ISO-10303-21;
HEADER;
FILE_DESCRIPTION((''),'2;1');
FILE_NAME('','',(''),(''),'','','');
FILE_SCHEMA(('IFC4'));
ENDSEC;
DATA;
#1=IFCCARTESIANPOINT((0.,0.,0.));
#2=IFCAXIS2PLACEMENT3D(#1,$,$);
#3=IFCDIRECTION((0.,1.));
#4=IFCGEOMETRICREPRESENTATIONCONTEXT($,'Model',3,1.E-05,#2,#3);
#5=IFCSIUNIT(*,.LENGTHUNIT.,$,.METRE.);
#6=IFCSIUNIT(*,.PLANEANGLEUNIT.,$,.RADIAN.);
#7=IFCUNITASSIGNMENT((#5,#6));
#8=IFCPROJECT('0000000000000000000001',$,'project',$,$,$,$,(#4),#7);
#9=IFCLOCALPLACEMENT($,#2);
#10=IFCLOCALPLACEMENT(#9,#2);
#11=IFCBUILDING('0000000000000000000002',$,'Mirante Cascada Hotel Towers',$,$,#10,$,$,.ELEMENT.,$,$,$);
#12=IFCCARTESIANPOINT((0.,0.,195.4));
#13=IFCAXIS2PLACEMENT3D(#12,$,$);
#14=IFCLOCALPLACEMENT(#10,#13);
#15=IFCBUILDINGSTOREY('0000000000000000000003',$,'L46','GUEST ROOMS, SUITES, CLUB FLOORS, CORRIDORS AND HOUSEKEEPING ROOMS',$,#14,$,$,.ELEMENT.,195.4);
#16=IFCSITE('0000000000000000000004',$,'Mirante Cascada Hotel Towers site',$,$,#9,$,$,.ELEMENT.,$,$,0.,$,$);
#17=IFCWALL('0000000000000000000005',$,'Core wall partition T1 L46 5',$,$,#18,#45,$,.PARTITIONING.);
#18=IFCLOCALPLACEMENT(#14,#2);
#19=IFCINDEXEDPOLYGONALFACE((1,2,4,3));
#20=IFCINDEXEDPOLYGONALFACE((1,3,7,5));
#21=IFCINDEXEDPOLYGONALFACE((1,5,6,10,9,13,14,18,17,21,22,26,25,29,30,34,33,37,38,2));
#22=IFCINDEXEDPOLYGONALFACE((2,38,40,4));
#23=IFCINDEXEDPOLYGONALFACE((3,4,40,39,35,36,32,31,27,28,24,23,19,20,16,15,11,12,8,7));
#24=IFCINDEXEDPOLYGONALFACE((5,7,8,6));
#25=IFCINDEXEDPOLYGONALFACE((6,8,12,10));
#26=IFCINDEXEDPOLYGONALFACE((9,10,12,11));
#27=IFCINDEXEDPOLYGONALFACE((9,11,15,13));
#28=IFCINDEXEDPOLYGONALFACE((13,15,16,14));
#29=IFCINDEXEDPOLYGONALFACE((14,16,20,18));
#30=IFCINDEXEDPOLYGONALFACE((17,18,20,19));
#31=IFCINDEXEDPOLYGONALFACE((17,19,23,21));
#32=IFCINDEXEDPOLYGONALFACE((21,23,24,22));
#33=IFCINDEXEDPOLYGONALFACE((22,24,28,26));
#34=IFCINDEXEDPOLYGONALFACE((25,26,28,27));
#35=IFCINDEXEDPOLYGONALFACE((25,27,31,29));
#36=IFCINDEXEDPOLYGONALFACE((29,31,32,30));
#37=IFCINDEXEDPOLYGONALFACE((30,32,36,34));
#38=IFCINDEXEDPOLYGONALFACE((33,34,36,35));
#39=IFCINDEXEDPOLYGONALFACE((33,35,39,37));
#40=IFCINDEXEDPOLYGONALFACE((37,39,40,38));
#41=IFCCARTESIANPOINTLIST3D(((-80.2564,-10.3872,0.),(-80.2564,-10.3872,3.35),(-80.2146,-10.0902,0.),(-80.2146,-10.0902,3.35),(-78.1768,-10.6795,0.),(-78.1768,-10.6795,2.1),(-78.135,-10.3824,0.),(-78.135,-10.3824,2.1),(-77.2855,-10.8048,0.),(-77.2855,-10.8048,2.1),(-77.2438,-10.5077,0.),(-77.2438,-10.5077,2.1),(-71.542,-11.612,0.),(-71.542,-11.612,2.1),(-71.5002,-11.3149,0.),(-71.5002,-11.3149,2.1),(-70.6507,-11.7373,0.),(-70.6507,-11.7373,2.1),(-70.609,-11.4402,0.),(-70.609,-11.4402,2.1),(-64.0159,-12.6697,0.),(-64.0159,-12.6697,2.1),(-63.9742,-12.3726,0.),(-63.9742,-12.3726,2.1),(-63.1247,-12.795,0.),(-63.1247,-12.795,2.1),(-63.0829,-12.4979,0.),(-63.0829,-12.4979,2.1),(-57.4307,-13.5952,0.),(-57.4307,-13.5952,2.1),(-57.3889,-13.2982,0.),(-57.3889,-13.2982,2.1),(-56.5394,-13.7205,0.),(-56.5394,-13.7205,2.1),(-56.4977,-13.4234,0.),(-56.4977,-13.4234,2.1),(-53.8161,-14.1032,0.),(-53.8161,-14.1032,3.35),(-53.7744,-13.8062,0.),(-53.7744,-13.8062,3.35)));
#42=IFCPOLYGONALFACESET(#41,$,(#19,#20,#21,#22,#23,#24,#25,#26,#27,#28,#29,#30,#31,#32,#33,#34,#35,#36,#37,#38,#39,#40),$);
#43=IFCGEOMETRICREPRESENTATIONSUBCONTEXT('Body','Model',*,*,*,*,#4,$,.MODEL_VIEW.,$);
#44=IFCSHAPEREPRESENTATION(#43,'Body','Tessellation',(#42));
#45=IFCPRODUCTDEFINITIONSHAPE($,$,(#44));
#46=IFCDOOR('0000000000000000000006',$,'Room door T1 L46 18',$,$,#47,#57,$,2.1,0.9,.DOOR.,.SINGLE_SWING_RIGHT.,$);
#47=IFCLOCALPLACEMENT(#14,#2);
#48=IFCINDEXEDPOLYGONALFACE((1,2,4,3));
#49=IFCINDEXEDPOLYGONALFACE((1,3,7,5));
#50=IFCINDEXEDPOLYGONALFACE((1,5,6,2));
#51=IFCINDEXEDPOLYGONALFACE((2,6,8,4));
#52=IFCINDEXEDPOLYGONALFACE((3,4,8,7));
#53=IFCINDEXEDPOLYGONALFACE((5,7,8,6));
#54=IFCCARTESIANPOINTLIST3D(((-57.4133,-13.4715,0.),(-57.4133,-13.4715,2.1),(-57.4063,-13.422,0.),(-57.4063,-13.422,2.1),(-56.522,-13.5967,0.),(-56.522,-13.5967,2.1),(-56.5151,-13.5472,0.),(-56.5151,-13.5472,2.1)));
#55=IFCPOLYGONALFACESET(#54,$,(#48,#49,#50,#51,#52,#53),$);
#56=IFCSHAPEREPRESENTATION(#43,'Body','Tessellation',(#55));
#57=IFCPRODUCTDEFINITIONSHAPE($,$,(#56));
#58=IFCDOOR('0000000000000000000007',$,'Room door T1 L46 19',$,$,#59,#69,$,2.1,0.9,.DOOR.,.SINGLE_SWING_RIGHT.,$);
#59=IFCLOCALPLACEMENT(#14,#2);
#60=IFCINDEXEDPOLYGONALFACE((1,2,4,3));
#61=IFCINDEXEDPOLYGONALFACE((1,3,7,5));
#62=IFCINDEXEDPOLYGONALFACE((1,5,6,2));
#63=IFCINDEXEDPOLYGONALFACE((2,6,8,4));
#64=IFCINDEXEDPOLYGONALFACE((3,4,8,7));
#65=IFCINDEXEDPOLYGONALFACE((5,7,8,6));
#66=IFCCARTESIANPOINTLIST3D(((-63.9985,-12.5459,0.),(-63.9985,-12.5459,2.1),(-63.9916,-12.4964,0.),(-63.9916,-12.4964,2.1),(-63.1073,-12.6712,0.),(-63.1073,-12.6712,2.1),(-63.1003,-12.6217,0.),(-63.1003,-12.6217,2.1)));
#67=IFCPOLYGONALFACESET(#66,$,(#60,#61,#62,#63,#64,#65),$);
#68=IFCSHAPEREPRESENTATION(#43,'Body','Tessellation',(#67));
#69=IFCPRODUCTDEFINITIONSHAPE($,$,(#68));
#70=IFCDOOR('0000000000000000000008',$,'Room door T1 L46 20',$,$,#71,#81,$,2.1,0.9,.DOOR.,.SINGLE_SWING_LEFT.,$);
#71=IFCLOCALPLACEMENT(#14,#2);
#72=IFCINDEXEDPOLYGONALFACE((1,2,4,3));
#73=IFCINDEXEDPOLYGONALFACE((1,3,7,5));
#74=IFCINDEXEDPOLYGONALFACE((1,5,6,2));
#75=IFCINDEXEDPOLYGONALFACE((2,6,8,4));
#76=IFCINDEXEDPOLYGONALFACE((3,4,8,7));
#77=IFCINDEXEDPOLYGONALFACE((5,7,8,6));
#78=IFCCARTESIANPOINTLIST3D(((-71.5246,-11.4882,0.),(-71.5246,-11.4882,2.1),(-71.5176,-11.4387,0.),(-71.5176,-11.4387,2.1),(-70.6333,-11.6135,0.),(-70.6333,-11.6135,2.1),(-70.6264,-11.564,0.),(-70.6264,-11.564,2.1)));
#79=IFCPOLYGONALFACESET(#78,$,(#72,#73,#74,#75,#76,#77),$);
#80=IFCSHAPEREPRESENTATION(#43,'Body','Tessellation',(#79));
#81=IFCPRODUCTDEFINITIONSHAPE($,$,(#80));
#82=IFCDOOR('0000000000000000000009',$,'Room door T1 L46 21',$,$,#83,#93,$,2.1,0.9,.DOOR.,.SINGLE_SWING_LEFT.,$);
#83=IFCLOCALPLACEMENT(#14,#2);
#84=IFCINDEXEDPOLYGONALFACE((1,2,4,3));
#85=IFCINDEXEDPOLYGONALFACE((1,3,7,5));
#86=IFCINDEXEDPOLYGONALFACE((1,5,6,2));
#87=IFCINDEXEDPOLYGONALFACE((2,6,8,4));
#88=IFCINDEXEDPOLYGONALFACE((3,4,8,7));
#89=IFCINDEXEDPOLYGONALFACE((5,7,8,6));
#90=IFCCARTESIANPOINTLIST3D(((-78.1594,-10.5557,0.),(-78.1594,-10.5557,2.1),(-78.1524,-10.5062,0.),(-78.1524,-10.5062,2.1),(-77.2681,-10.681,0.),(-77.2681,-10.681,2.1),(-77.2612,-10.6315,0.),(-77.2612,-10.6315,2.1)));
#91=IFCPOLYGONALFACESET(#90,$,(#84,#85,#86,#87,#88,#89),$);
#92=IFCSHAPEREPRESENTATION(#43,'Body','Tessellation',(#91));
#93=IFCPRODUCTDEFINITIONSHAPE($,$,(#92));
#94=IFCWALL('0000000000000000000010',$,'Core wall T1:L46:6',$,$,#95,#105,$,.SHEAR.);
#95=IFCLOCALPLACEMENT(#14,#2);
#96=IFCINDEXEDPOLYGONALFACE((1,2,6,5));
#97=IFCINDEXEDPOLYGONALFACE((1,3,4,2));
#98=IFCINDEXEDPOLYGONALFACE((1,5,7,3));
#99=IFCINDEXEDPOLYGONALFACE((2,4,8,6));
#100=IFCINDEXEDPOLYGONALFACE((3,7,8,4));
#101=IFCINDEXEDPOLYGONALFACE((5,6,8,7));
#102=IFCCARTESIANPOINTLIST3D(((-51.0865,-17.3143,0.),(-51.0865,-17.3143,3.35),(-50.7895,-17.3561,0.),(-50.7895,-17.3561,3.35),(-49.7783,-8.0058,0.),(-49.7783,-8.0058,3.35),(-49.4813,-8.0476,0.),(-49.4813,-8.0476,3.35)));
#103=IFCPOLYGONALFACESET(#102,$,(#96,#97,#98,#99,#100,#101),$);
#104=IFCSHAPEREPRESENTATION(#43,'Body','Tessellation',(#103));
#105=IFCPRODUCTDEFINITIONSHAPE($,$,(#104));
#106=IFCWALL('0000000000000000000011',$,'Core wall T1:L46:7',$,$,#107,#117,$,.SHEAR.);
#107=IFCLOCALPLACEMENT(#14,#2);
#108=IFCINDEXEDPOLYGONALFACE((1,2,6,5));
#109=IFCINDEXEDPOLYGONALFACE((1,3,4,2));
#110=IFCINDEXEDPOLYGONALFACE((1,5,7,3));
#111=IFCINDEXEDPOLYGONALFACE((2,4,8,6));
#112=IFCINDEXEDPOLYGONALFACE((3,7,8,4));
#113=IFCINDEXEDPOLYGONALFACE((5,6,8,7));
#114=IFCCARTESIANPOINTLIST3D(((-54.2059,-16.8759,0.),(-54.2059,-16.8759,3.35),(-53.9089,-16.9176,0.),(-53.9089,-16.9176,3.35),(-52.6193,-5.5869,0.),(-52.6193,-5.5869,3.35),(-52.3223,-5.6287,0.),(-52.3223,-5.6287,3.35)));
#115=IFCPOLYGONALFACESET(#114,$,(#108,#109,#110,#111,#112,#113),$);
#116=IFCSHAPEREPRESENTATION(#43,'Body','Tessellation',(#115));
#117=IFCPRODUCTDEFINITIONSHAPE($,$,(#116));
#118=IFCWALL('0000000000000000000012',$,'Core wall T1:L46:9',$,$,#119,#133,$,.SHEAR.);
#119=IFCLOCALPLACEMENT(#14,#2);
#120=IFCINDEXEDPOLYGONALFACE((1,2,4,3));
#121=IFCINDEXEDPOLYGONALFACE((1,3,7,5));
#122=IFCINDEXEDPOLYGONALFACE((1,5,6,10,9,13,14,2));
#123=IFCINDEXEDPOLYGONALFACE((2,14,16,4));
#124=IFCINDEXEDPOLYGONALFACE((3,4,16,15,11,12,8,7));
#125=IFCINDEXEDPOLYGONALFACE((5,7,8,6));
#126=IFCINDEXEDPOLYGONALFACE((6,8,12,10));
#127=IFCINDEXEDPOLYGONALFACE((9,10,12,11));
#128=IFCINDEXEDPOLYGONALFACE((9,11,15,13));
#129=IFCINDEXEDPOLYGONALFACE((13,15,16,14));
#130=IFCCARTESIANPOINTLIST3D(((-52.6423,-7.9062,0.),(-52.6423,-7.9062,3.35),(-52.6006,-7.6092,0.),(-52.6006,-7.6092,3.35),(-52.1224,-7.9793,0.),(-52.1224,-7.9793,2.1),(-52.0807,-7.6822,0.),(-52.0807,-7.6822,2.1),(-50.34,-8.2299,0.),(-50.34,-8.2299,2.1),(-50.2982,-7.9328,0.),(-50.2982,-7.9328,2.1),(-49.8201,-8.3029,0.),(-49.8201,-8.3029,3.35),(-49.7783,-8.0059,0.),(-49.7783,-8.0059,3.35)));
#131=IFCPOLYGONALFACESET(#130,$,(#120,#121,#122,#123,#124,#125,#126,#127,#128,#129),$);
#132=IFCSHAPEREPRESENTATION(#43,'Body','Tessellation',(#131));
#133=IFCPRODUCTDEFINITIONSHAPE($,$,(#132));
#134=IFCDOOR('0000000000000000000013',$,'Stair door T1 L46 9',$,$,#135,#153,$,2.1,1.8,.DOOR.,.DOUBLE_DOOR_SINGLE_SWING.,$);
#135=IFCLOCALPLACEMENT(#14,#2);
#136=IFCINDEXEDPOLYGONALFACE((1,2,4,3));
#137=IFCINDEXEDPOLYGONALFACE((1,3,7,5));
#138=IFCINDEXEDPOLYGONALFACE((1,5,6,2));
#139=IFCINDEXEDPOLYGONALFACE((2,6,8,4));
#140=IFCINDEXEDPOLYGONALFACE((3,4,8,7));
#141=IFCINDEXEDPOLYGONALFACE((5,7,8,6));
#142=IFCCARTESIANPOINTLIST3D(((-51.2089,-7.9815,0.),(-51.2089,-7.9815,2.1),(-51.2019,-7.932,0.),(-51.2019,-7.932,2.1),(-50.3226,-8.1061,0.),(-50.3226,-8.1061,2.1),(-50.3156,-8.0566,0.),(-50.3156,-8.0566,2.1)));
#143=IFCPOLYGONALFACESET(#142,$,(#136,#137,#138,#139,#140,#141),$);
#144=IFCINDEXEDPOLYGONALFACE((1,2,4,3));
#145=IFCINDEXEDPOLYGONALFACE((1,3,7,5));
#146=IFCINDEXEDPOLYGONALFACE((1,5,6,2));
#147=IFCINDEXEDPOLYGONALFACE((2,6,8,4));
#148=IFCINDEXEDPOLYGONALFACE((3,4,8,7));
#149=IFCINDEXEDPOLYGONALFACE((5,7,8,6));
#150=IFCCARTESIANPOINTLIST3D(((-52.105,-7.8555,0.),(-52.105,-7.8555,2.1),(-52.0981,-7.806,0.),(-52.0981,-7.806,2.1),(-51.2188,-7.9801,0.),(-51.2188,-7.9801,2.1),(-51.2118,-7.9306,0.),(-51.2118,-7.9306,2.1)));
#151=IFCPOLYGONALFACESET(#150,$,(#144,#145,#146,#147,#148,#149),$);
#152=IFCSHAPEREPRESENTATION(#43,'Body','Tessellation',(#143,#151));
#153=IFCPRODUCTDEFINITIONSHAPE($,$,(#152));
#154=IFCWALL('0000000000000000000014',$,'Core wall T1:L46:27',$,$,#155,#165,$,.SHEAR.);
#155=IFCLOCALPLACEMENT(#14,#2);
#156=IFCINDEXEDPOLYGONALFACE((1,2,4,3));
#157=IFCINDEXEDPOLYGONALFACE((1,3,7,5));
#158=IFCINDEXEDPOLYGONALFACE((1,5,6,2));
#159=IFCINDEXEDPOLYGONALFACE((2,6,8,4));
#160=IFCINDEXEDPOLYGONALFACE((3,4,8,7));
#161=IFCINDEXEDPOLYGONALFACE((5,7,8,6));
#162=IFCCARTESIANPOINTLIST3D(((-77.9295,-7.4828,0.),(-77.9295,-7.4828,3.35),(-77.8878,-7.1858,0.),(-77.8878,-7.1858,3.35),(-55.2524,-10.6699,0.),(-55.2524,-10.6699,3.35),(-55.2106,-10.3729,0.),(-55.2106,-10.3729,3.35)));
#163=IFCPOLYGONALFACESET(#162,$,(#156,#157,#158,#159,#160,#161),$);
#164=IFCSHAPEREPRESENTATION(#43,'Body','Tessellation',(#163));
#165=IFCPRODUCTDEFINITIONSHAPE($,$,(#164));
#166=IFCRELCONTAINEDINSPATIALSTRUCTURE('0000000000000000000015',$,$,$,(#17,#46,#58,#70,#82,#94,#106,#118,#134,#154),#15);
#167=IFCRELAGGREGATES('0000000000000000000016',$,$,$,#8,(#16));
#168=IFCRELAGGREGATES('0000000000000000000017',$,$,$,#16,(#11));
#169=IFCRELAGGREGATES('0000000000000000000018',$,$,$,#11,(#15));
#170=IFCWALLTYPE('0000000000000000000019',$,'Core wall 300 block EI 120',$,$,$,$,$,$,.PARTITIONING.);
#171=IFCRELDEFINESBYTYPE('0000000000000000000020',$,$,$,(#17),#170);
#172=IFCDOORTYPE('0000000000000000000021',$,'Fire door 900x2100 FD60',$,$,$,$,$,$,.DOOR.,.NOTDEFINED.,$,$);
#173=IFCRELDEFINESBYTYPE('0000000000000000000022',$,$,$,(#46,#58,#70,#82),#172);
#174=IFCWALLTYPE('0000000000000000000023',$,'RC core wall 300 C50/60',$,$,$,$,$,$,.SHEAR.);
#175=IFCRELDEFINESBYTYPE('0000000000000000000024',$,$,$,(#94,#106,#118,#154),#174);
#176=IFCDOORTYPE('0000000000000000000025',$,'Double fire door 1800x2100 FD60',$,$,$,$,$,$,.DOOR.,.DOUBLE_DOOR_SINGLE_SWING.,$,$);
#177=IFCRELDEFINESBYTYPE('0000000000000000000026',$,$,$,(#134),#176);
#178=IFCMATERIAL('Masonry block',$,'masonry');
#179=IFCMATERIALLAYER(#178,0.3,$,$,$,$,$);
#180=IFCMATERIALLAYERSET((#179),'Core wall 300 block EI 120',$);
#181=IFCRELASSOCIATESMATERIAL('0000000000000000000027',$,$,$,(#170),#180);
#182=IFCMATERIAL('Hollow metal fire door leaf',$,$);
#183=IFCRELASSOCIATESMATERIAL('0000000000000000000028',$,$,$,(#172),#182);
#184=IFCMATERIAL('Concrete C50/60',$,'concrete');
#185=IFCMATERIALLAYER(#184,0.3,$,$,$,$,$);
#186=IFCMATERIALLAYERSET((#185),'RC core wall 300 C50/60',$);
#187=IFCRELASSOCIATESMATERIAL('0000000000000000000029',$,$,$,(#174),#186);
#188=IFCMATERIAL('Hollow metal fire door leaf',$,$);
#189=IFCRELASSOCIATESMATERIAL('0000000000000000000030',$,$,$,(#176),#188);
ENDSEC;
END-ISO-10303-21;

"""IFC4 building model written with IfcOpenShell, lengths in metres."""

from ifc_helpers import new_model, si_unit, direction, frame, frame_2d, origin, place, context, subcontext, project, spatial, rectangle, extrude, material, layer, layer_set, type_object, element, fill, save


model = new_model("IFC4")

# Units and contexts
model_context = context("Model", 3, precision=1e-05, world=origin(), true_north=direction((0.0, 1.0)))
body_context = subcontext(model_context, "Body", "Model", "MODEL_VIEW")
ifc_project = project(units=[si_unit("LENGTHUNIT", "METRE"), si_unit("PLANEANGLEUNIT", "RADIAN")], contexts=[model_context])

# Site, building, storey
site_placement = place(None, origin())
site = spatial("IfcSite", under=ifc_project, at=site_placement, Name="Mirante Cascada Hotel Towers site", CompositionType="ELEMENT", RefElevation=0.0)
building_placement = place(site_placement, origin())
building = spatial("IfcBuilding", under=site, at=building_placement, Name="Mirante Cascada Hotel Towers", CompositionType="ELEMENT")
storey_placement = place(building_placement, frame((0.0, 0.0, 195.4)))
storey = spatial("IfcBuildingStorey", under=building, at=storey_placement, Name="L46", Description="GUEST ROOMS, SUITES, CLUB FLOORS, CORRIDORS AND HOUSEKEEPING ROOMS", CompositionType="ELEMENT", Elevation=195.4)

# Wall, openings, doors
ifc_material_1 = material(Name="Masonry block", Category="masonry")
ifc_layer_1 = layer(ifc_material_1, 0.3)
ifc_layer_set_1 = layer_set([ifc_layer_1], Name="Core wall 300 block EI 120")
wall_type_1 = type_object("IfcWallType", Name="Core wall 300 block EI 120", PredefinedType="PARTITIONING", material=ifc_layer_set_1)
wall_1_placement = place(storey_placement, frame((-53.7953, -13.9547, 0.0), z_axis=(0.0, 0.0, 1.0), x_axis=(-0.990268, 0.139176, 0.0)))
wall_1 = element("IfcWall", 1, at=wall_1_placement, inside=storey, type_object=wall_type_1, Name="Core wall partition T1 L46 5", PredefinedType="PARTITIONING", context=body_context, shape_type="SweptSolid", body=[
    extrude(rectangle(XDim=26.7001, YDim=0.3, at=frame_2d((13.35, 0.0))), origin(), (0.0, 0.0, 1.0), 3.35),
])
opening_1_placement = place(wall_1_placement, frame((2.75, 0.0, 0.0)))
opening_1 = element("IfcOpeningElement", 2, at=opening_1_placement, cuts=wall_1, PredefinedType="OPENING", context=body_context, shape_type="SweptSolid", body=[
    extrude(rectangle(XDim=0.9, YDim=2.1, at=frame_2d((0.45, 1.05))), frame((0.0, 0.15, 0.0), z_axis=(0.0, -1.0, 0.0), x_axis=(1.0, 0.0, 0.0)), (0.0, 0.0, 1.0), 0.3),
])
opening_2_placement = place(wall_1_placement, frame((9.4, 0.0, 0.0)))
opening_2 = element("IfcOpeningElement", 3, at=opening_2_placement, cuts=wall_1, PredefinedType="OPENING", context=body_context, shape_type="SweptSolid", body=[
    extrude(rectangle(XDim=0.9, YDim=2.1, at=frame_2d((0.45, 1.05))), frame((0.0, 0.15, 0.0), z_axis=(0.0, -1.0, 0.0), x_axis=(1.0, 0.0, 0.0)), (0.0, 0.0, 1.0), 0.3),
])
opening_3_placement = place(wall_1_placement, frame((17.0, 0.0, 0.0)))
opening_3 = element("IfcOpeningElement", 4, at=opening_3_placement, cuts=wall_1, PredefinedType="OPENING", context=body_context, shape_type="SweptSolid", body=[
    extrude(rectangle(XDim=0.9, YDim=2.1, at=frame_2d((0.45, 1.05))), frame((0.0, 0.15, 0.0), z_axis=(0.0, -1.0, 0.0), x_axis=(1.0, 0.0, 0.0)), (0.0, 0.0, 1.0), 0.3),
])
opening_4_placement = place(wall_1_placement, frame((23.7, 0.0, 0.0)))
opening_4 = element("IfcOpeningElement", 5, at=opening_4_placement, cuts=wall_1, PredefinedType="OPENING", context=body_context, shape_type="SweptSolid", body=[
    extrude(rectangle(XDim=0.9, YDim=2.1, at=frame_2d((0.45, 1.05))), frame((0.0, 0.15, 0.0), z_axis=(0.0, -1.0, 0.0), x_axis=(1.0, 0.0, 0.0)), (0.0, 0.0, 1.0), 0.3),
])
ifc_material_2 = material(Name="Hollow metal fire door leaf")
door_type_1 = type_object("IfcDoorType", Name="Fire door 900x2100 FD60", OperationType="NOTDEFINED", PredefinedType="DOOR", material=ifc_material_2)
door_1_placement = place(opening_1_placement, origin())
door_1 = element("IfcDoor", 6, at=door_1_placement, inside=storey, type_object=door_type_1, Name="Room door T1 L46 18", OperationType="SINGLE_SWING_RIGHT", OverallHeight=2.1, OverallWidth=0.9, PredefinedType="DOOR", context=body_context, shape_type="SweptSolid", body=[
    extrude(rectangle(XDim=0.9, YDim=2.1, at=frame_2d((0.45, 1.05))), frame((0.0, 0.025, 0.0), z_axis=(0.0, -1.0, 0.0), x_axis=(1.0, 0.0, 0.0)), (0.0, 0.0, 1.0), 0.05),
])
fill(opening_1, door_1)
door_2_placement = place(opening_2_placement, origin())
door_2 = element("IfcDoor", 7, at=door_2_placement, inside=storey, type_object=door_type_1, Name="Room door T1 L46 19", OperationType="SINGLE_SWING_RIGHT", OverallHeight=2.1, OverallWidth=0.9, PredefinedType="DOOR", context=body_context, shape_type="SweptSolid", body=[
    extrude(rectangle(XDim=0.9, YDim=2.1, at=frame_2d((0.45, 1.05))), frame((0.0, 0.025, 0.0), z_axis=(0.0, -1.0, 0.0), x_axis=(1.0, 0.0, 0.0)), (0.0, 0.0, 1.0), 0.05),
])
fill(opening_2, door_2)
door_3_placement = place(opening_3_placement, origin())
door_3 = element("IfcDoor", 8, at=door_3_placement, inside=storey, type_object=door_type_1, Name="Room door T1 L46 20", OperationType="SINGLE_SWING_LEFT", OverallHeight=2.1, OverallWidth=0.9, PredefinedType="DOOR", context=body_context, shape_type="SweptSolid", body=[
    extrude(rectangle(XDim=0.9, YDim=2.1, at=frame_2d((0.45, 1.05))), frame((0.0, 0.025, 0.0), z_axis=(0.0, -1.0, 0.0), x_axis=(1.0, 0.0, 0.0)), (0.0, 0.0, 1.0), 0.05),
])
fill(opening_3, door_3)
door_4_placement = place(opening_4_placement, origin())
door_4 = element("IfcDoor", 9, at=door_4_placement, inside=storey, type_object=door_type_1, Name="Room door T1 L46 21", OperationType="SINGLE_SWING_LEFT", OverallHeight=2.1, OverallWidth=0.9, PredefinedType="DOOR", context=body_context, shape_type="SweptSolid", body=[
    extrude(rectangle(XDim=0.9, YDim=2.1, at=frame_2d((0.45, 1.05))), frame((0.0, 0.025, 0.0), z_axis=(0.0, -1.0, 0.0), x_axis=(1.0, 0.0, 0.0)), (0.0, 0.0, 1.0), 0.05),
])
fill(opening_4, door_4)

# Walls
ifc_material_3 = material(Name="Concrete C50/60", Category="concrete")
ifc_layer_2 = layer(ifc_material_3, 0.3)
ifc_layer_set_2 = layer_set([ifc_layer_2], Name="RC core wall 300 C50/60")
wall_type_2 = type_object("IfcWallType", Name="RC core wall 300 C50/60", PredefinedType="SHEAR", material=ifc_layer_set_2)
wall_2_placement = place(storey_placement, frame((-50.938, -17.3352, 0.0), z_axis=(0.0, 0.0, 1.0), x_axis=(0.139171, 0.990268, 0.0)))
element("IfcWall", 10, at=wall_2_placement, inside=storey, type_object=wall_type_2, Name="Core wall T1:L46:6", PredefinedType="SHEAR", context=body_context, shape_type="SweptSolid", body=[
    extrude(rectangle(XDim=9.4, YDim=0.3, at=frame_2d((4.7, 0.0))), origin(), (0.0, 0.0, 1.0), 3.35),
])
wall_3_placement = place(storey_placement, frame((-54.0574, -16.8968, 0.0), z_axis=(0.0, 0.0, 1.0), x_axis=(0.139176, 0.990268, 0.0)))
element("IfcWall", 11, at=wall_3_placement, inside=storey, type_object=wall_type_2, Name="Core wall T1:L46:7", PredefinedType="SHEAR", context=body_context, shape_type="SweptSolid", body=[
    extrude(rectangle(XDim=11.3999, YDim=0.3, at=frame_2d((5.7, 0.0))), origin(), (0.0, 0.0, 1.0), 3.35),
])

# Wall, opening, door
wall_4_placement = place(storey_placement, frame((-49.7992, -8.1544, 0.0), z_axis=(0.0, 0.0, 1.0), x_axis=(-0.990266, 0.139191, 0.0)))
wall_4 = element("IfcWall", 12, at=wall_4_placement, inside=storey, type_object=wall_type_2, Name="Core wall T1:L46:9", PredefinedType="SHEAR", context=body_context, shape_type="SweptSolid", body=[
    extrude(rectangle(XDim=2.85, YDim=0.3, at=frame_2d((1.425, 0.0))), origin(), (0.0, 0.0, 1.0), 3.35),
])
opening_5_placement = place(wall_4_placement, frame((0.525, 0.0, 0.0)))
opening_5 = element("IfcOpeningElement", 13, at=opening_5_placement, cuts=wall_4, PredefinedType="OPENING", context=body_context, shape_type="SweptSolid", body=[
    extrude(rectangle(XDim=1.8, YDim=2.1, at=frame_2d((0.9, 1.05))), frame((0.0, 0.15, 0.0), z_axis=(0.0, -1.0, 0.0), x_axis=(1.0, 0.0, 0.0)), (0.0, 0.0, 1.0), 0.3),
])
ifc_material_4 = material(Name="Hollow metal fire door leaf")
door_type_2 = type_object("IfcDoorType", Name="Double fire door 1800x2100 FD60", OperationType="DOUBLE_DOOR_SINGLE_SWING", PredefinedType="DOOR", material=ifc_material_4)
door_5_placement = place(opening_5_placement, origin())
door_5 = element("IfcDoor", 14, at=door_5_placement, inside=storey, type_object=door_type_2, Name="Stair door T1 L46 9", OperationType="DOUBLE_DOOR_SINGLE_SWING", OverallHeight=2.1, OverallWidth=1.8, PredefinedType="DOOR", context=body_context, shape_type="SweptSolid", body=[
    extrude(rectangle(XDim=0.895, YDim=2.1, at=frame_2d((0.4475, 1.05))), frame((0.0, 0.025, 0.0), z_axis=(0.0, -1.0, 0.0), x_axis=(1.0, 0.0, 0.0)), (0.0, 0.0, 1.0), 0.05),
    extrude(rectangle(XDim=0.895, YDim=2.1, at=frame_2d((1.3525, 1.05))), frame((0.0, 0.025, 0.0), z_axis=(0.0, -1.0, 0.0), x_axis=(1.0, 0.0, 0.0)), (0.0, 0.0, 1.0), 0.05),
])
fill(opening_5, door_5)

# Wall
wall_5_placement = place(storey_placement, frame((-55.2315, -10.5214, 0.0), z_axis=(0.0, 0.0, 1.0), x_axis=(-0.990268, 0.139175, 0.0)))
element("IfcWall", 15, at=wall_5_placement, inside=storey, type_object=wall_type_2, Name="Core wall T1:L46:27", PredefinedType="SHEAR", context=body_context, shape_type="SweptSolid", body=[
    extrude(rectangle(XDim=22.9, YDim=0.3, at=frame_2d((11.45, 0.0))), origin(), (0.0, 0.0, 1.0), 3.35),
])

save(model, "model.ifc")
